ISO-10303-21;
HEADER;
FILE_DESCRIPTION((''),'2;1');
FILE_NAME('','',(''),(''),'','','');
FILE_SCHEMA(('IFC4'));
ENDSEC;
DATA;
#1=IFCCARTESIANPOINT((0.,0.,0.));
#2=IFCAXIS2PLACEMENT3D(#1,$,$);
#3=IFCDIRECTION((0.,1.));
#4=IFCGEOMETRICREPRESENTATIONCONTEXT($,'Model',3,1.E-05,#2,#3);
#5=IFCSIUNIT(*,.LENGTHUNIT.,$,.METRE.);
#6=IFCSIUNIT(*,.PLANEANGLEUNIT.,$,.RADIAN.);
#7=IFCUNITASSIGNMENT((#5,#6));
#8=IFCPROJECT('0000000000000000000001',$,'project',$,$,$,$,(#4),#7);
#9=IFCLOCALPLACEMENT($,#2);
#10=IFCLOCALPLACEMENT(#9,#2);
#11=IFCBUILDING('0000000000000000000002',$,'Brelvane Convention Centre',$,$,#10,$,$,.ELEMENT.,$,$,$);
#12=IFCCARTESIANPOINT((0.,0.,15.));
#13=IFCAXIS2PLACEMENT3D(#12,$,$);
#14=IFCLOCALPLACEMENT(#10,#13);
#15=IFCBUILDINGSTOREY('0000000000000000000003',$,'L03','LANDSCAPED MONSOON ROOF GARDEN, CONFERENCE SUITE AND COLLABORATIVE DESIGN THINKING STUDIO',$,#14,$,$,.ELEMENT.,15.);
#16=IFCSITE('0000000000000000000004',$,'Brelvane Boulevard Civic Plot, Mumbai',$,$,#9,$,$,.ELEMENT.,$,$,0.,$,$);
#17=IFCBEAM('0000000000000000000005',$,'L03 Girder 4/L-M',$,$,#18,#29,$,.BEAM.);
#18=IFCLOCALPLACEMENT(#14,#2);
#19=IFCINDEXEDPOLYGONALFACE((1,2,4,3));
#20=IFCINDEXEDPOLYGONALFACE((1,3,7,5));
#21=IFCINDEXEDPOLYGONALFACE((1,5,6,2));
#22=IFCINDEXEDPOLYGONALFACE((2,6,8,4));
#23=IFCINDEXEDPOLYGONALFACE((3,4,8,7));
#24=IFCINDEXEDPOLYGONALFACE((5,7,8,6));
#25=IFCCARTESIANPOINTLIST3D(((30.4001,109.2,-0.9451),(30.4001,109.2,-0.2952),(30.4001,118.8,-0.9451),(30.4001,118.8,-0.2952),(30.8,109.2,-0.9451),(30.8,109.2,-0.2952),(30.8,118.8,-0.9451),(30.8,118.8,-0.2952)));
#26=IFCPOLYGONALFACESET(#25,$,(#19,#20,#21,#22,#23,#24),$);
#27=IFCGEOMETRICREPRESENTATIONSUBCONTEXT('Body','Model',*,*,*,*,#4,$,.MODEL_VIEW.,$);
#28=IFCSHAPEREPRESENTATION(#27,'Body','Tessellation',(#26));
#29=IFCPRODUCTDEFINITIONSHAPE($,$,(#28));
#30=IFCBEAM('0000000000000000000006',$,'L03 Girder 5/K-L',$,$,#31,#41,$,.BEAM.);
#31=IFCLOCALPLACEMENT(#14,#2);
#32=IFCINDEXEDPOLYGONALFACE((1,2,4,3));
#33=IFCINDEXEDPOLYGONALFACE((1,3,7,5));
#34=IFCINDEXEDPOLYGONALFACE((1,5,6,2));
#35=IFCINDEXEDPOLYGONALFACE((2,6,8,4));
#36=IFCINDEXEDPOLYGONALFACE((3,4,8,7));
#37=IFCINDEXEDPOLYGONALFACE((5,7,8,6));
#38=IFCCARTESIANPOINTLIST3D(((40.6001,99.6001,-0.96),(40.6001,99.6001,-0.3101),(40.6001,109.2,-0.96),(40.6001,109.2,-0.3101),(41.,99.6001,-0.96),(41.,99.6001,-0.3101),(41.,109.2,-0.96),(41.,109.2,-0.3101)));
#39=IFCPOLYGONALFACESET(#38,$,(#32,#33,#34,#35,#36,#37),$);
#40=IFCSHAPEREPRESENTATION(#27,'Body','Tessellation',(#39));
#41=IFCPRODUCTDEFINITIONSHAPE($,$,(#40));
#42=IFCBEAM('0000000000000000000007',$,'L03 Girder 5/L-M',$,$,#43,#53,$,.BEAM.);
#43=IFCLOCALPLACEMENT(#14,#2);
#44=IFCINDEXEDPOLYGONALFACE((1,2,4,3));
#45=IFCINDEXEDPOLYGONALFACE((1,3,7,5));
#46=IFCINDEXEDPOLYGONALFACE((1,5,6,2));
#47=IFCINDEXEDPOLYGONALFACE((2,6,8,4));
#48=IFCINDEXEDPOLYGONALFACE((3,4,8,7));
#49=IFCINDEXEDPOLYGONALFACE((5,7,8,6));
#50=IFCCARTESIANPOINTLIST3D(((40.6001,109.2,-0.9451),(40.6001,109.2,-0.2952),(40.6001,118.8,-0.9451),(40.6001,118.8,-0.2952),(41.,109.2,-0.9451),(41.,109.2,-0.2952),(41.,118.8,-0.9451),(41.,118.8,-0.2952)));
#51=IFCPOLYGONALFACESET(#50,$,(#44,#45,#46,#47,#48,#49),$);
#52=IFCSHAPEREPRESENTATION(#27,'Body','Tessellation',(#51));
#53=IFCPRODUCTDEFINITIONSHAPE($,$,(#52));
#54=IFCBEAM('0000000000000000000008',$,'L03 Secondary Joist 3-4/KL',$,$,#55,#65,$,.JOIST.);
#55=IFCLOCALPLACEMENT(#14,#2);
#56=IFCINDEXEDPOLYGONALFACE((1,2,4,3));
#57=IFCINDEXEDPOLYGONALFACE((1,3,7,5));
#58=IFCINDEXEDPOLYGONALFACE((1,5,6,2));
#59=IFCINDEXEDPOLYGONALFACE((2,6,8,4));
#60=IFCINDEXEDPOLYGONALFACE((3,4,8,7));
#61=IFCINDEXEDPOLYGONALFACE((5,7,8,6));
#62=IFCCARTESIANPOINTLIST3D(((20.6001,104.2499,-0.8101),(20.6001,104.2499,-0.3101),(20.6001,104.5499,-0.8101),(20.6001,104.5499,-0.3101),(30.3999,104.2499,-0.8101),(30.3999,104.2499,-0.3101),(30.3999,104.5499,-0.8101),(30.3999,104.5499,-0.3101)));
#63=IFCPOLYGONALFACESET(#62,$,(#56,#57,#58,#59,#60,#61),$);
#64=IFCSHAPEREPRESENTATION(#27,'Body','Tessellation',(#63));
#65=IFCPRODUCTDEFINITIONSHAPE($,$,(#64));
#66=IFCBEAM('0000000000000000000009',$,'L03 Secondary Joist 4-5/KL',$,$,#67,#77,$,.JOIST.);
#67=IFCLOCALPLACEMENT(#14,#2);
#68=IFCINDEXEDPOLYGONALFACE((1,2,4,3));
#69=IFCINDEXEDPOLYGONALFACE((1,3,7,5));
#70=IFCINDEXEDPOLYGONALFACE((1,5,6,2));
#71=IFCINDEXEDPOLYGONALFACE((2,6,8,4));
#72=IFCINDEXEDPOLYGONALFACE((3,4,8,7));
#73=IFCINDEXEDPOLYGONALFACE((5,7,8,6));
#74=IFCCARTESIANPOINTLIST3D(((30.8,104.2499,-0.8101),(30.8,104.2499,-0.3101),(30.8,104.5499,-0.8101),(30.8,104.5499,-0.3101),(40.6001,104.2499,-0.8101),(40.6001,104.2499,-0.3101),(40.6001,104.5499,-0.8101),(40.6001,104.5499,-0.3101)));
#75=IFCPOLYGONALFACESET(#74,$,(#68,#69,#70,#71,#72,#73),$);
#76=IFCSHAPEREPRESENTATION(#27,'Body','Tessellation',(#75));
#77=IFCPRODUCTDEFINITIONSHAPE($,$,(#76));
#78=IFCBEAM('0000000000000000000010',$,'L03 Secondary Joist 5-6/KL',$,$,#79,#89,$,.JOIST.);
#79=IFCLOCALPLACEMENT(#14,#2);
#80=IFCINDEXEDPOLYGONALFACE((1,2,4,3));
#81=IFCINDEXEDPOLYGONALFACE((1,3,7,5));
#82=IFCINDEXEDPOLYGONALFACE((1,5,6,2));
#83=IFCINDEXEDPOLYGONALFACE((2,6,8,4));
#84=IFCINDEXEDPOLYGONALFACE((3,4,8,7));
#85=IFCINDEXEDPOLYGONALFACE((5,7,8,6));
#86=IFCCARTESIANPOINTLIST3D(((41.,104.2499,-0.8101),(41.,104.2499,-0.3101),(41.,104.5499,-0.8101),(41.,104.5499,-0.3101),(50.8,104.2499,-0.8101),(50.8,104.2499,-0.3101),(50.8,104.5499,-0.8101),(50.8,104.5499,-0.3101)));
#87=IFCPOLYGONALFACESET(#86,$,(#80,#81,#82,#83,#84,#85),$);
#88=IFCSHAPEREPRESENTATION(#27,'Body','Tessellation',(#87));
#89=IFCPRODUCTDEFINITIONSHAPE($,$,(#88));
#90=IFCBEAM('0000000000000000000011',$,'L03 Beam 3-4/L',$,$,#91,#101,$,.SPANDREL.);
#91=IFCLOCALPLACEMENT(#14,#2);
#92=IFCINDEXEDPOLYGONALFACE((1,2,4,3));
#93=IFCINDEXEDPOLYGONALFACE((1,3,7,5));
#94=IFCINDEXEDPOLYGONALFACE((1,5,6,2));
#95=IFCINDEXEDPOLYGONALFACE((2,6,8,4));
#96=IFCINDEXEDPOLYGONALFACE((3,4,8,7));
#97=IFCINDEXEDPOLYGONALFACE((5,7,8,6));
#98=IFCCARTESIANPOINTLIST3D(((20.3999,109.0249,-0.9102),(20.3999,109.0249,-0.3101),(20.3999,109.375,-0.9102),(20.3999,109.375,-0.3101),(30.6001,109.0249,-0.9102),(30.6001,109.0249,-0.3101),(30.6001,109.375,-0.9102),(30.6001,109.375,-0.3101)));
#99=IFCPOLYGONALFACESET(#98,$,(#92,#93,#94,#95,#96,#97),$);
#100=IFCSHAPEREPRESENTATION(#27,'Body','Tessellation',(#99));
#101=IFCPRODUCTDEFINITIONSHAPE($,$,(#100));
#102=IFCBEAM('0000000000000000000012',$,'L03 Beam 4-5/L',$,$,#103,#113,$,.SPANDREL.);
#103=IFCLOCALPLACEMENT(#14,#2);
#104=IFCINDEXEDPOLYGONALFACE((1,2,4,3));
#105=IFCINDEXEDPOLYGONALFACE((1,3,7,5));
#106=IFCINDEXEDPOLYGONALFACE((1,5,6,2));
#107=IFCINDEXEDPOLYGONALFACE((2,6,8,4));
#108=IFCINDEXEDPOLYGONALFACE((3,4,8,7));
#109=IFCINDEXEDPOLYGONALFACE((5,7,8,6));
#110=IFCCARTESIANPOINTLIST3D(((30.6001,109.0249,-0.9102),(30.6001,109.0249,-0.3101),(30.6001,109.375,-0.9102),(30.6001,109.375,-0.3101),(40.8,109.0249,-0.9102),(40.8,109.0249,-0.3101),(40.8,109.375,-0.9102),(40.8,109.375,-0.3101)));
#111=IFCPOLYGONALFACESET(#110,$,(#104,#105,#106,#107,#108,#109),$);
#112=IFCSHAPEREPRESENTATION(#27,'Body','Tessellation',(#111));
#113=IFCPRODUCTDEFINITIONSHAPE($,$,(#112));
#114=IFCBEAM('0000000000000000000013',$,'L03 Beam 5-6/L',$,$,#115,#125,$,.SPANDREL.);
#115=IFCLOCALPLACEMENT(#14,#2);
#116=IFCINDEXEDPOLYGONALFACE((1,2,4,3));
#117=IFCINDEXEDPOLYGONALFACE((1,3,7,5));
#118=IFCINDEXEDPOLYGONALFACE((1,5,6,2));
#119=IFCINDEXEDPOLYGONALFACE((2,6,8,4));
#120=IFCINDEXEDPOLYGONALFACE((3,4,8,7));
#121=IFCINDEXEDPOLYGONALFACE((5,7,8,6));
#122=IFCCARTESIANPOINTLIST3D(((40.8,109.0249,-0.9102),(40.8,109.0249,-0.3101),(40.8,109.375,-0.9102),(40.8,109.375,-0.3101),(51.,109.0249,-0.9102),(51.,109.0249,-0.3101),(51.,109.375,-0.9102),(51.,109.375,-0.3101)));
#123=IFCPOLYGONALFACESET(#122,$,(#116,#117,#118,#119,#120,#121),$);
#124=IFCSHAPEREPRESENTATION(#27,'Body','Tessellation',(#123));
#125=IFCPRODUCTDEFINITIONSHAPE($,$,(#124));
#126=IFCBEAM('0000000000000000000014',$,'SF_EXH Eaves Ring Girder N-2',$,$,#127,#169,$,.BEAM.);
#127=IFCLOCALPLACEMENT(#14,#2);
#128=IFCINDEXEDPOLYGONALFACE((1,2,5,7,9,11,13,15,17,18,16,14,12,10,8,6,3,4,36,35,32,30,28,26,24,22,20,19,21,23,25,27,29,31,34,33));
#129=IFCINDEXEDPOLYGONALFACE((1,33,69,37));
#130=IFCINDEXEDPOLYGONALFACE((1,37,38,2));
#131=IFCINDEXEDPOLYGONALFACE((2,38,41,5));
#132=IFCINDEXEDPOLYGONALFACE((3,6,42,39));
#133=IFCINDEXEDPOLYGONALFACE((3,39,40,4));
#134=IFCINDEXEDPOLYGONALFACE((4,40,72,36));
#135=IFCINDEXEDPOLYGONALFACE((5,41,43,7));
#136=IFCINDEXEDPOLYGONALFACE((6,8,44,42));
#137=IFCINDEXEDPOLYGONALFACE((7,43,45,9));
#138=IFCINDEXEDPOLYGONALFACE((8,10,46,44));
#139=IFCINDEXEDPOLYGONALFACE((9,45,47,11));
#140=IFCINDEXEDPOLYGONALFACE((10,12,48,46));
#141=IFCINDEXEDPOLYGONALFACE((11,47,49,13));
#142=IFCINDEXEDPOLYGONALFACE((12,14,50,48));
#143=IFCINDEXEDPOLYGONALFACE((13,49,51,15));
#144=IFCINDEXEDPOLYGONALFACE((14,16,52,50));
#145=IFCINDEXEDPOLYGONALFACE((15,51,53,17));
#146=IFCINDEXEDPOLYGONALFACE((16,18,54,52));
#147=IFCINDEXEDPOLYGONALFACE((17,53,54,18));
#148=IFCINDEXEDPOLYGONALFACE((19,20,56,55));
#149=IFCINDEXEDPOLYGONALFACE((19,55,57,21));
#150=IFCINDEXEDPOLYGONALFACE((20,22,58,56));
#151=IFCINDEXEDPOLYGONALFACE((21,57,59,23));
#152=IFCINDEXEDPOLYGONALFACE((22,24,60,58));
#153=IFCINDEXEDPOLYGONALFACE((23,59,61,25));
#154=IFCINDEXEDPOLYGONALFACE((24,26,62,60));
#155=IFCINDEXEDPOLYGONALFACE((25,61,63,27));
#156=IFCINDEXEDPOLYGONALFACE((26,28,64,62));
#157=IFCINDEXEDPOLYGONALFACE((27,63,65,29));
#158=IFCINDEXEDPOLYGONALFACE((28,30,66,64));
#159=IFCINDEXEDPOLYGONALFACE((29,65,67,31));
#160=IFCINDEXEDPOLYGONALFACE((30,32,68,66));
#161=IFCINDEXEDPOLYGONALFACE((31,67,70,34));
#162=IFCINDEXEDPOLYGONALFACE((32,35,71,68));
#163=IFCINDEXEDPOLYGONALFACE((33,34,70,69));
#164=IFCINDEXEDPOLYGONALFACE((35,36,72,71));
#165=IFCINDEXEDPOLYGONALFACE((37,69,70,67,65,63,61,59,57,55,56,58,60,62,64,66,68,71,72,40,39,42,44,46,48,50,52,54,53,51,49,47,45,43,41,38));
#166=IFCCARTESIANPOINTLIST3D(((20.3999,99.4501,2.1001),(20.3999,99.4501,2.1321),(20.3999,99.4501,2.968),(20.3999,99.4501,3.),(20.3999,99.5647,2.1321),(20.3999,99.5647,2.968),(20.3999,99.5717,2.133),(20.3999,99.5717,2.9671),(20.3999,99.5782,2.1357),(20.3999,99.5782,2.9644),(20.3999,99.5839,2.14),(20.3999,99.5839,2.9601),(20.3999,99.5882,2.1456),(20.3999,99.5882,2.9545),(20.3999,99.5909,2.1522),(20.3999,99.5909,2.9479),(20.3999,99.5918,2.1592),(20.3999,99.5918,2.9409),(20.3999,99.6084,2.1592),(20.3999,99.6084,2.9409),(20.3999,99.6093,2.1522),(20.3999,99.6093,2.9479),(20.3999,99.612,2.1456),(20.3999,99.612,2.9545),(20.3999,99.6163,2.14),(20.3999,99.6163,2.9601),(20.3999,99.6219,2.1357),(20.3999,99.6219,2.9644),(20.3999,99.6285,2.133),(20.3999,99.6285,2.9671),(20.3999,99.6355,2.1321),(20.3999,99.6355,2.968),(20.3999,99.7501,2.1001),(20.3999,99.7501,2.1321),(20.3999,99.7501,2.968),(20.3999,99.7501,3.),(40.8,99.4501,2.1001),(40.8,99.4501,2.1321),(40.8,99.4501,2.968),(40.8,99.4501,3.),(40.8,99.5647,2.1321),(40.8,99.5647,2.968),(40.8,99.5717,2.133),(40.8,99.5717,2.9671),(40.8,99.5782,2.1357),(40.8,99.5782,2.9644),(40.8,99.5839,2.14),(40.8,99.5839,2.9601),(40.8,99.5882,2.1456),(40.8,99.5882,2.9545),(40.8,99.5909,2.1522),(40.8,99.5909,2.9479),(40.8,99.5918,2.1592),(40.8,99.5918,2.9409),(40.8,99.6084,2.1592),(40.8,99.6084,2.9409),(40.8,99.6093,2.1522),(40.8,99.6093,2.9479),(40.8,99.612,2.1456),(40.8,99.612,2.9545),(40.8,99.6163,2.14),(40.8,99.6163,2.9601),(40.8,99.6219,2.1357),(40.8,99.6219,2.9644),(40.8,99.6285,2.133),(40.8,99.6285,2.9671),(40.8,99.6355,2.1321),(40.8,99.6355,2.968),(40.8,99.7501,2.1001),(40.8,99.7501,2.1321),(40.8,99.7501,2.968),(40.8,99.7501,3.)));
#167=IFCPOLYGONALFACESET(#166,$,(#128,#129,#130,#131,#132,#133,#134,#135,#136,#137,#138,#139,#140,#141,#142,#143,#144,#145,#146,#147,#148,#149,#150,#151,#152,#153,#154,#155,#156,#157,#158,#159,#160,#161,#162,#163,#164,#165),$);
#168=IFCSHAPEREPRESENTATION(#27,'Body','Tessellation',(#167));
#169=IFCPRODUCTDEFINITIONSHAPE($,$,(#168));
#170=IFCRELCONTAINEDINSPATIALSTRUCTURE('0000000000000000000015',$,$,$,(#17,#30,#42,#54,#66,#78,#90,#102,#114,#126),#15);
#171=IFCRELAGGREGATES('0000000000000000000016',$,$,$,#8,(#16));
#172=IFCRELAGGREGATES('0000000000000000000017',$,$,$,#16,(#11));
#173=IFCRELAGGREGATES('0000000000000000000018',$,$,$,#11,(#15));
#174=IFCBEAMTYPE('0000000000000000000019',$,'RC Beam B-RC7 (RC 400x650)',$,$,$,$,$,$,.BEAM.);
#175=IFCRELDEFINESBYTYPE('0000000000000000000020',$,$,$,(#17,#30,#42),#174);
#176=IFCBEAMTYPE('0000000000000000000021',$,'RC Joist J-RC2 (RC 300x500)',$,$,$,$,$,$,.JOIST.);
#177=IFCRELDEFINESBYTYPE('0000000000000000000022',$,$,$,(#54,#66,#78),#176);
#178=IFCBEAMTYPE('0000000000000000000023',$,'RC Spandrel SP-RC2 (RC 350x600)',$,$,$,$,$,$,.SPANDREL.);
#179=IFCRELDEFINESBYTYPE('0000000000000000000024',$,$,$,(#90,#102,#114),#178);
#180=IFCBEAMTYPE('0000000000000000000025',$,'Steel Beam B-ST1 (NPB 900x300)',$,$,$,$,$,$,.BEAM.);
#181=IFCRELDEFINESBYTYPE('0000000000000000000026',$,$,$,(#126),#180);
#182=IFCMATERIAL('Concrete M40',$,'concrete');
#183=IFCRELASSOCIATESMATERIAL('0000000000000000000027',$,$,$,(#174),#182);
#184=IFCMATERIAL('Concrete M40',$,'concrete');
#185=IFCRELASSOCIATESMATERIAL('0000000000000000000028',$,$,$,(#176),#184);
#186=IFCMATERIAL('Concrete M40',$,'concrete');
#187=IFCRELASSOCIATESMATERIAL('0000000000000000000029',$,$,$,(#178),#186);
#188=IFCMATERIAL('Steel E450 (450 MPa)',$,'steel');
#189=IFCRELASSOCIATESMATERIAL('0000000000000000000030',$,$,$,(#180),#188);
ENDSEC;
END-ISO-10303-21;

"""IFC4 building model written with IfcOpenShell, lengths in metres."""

from ifc_helpers import new_model, si_unit, direction, frame, origin, origin_2d, place, context, subcontext, project, spatial, rectangle, i_section, extrude, material, material_profile, profile_set, type_object, element, save


model = new_model("IFC4")

# Units and contexts
model_context = context("Model", 3, precision=1e-05, world=origin(), true_north=direction((0.0, 1.0)))
body_context = subcontext(model_context, "Body", "Model", "MODEL_VIEW")
ifc_project = project(units=[si_unit("LENGTHUNIT", "METRE"), si_unit("PLANEANGLEUNIT", "RADIAN")], contexts=[model_context])

# Site, building, storey
site_placement = place(None, origin())
site = spatial("IfcSite", under=ifc_project, at=site_placement, Name="Brelvane Boulevard Civic Plot, Mumbai", CompositionType="ELEMENT", RefElevation=0.0)
building_placement = place(site_placement, origin())
building = spatial("IfcBuilding", under=site, at=building_placement, Name="Brelvane Convention Centre", CompositionType="ELEMENT")
storey_placement = place(building_placement, frame((0.0, 0.0, 15.0)))
storey = spatial("IfcBuildingStorey", under=building, at=storey_placement, Name="L03", Description="LANDSCAPED MONSOON ROOF GARDEN, CONFERENCE SUITE AND COLLABORATIVE DESIGN THINKING STUDIO", CompositionType="ELEMENT", Elevation=15.0)

# Beams
ifc_material_1 = material(Name="Concrete M40", Category="concrete")
ifc_material_profile_1 = material_profile(ifc_material_1, rectangle(XDim=0.3999, YDim=0.6499, at=origin_2d()), Name="RC 400x650")
ifc_profile_set_1 = profile_set([ifc_material_profile_1], Name="Concrete M40")
beam_type_1 = type_object("IfcBeamType", Name="RC Beam B-RC7 (RC 400x650)", PredefinedType="BEAM", material=ifc_profile_set_1)
beam_1_placement = place(storey_placement, frame((30.6001, 109.2, -0.6201), z_axis=(0.0, 1.0, 0.0), x_axis=(-1.0, 0.0, 0.0)))
element("IfcBeam", 1, at=beam_1_placement, inside=storey, type_object=beam_type_1, Name="L03 Girder 4/L-M", PredefinedType="BEAM", context=body_context, shape_type="SweptSolid", body=[
    extrude(rectangle(XDim=0.3999, YDim=0.6499, at=origin_2d()), origin(), (0.0, 0.0, 1.0), 9.6001),
])
beam_2_placement = place(storey_placement, frame((40.8, 99.6001, -0.635), z_axis=(0.0, 1.0, 0.0), x_axis=(-1.0, 0.0, 0.0)))
element("IfcBeam", 2, at=beam_2_placement, inside=storey, type_object=beam_type_1, Name="L03 Girder 5/K-L", PredefinedType="BEAM", context=body_context, shape_type="SweptSolid", body=[
    extrude(rectangle(XDim=0.3999, YDim=0.6499, at=origin_2d()), origin(), (0.0, 0.0, 1.0), 9.5999),
])
beam_3_placement = place(storey_placement, frame((40.8, 109.2, -0.6201), z_axis=(0.0, 1.0, 0.0), x_axis=(-1.0, 0.0, 0.0)))
element("IfcBeam", 3, at=beam_3_placement, inside=storey, type_object=beam_type_1, Name="L03 Girder 5/L-M", PredefinedType="BEAM", context=body_context, shape_type="SweptSolid", body=[
    extrude(rectangle(XDim=0.3999, YDim=0.6499, at=origin_2d()), origin(), (0.0, 0.0, 1.0), 9.6001),
])
ifc_material_2 = material(Name="Concrete M40", Category="concrete")
ifc_material_profile_2 = material_profile(ifc_material_2, rectangle(XDim=0.3, YDim=0.5, at=origin_2d()), Name="RC 300x500")
ifc_profile_set_2 = profile_set([ifc_material_profile_2], Name="Concrete M40")
beam_type_2 = type_object("IfcBeamType", Name="RC Joist J-RC2 (RC 300x500)", PredefinedType="JOIST", material=ifc_profile_set_2)
beam_4_placement = place(storey_placement, frame((20.6001, 104.3999, -0.5601), z_axis=(1.0, 0.0, 0.0), x_axis=(0.0, 1.0, 0.0)))
element("IfcBeam", 4, at=beam_4_placement, inside=storey, type_object=beam_type_2, Name="L03 Secondary Joist 3-4/KL", PredefinedType="JOIST", context=body_context, shape_type="SweptSolid", body=[
    extrude(rectangle(XDim=0.3, YDim=0.5, at=origin_2d()), origin(), (0.0, 0.0, 1.0), 9.7998),
])
for number, where, z_axis, x_axis, name in (
    (5, (30.8, 104.3999, -0.5601), (1.0, 0.0, 0.0), (0.0, 1.0, 0.0), "L03 Secondary Joist 4-5/KL"),
    (6, (41.0, 104.3999, -0.5601), (1.0, 0.0, 0.0), (0.0, 1.0, 0.0), "L03 Secondary Joist 5-6/KL"),
):
    element("IfcBeam", number, at=place(storey_placement, frame(where, z_axis=z_axis, x_axis=x_axis)), inside=storey, type_object=beam_type_2, Name=name, PredefinedType="JOIST", context=body_context, shape_type="SweptSolid", body=[
        extrude(rectangle(XDim=0.3, YDim=0.5, at=origin_2d()), origin(), (0.0, 0.0, 1.0), 9.8),
    ])
ifc_material_3 = material(Name="Concrete M40", Category="concrete")
ifc_material_profile_3 = material_profile(ifc_material_3, rectangle(XDim=0.3501, YDim=0.6001, at=origin_2d()), Name="RC 350x600")
ifc_profile_set_3 = profile_set([ifc_material_profile_3], Name="Concrete M40")
beam_type_3 = type_object("IfcBeamType", Name="RC Spandrel SP-RC2 (RC 350x600)", PredefinedType="SPANDREL", material=ifc_profile_set_3)
beam_5_placement = place(storey_placement, frame((20.3999, 109.2, -0.6101), z_axis=(1.0, 0.0, 0.0), x_axis=(0.0, 1.0, 0.0)))
element("IfcBeam", 7, at=beam_5_placement, inside=storey, type_object=beam_type_3, Name="L03 Beam 3-4/L", PredefinedType="SPANDREL", context=body_context, shape_type="SweptSolid", body=[
    extrude(rectangle(XDim=0.3501, YDim=0.6001, at=origin_2d()), origin(), (0.0, 0.0, 1.0), 10.2002),
])
for number, where, z_axis, x_axis, name in (
    (8, (30.6001, 109.2, -0.6101), (1.0, 0.0, 0.0), (0.0, 1.0, 0.0), "L03 Beam 4-5/L"),
    (9, (40.8, 109.2, -0.6101), (1.0, 0.0, 0.0), (0.0, 1.0, 0.0), "L03 Beam 5-6/L"),
):
    element("IfcBeam", number, at=place(storey_placement, frame(where, z_axis=z_axis, x_axis=x_axis)), inside=storey, type_object=beam_type_3, Name=name, PredefinedType="SPANDREL", context=body_context, shape_type="SweptSolid", body=[
        extrude(rectangle(XDim=0.3501, YDim=0.6001, at=origin_2d()), origin(), (0.0, 0.0, 1.0), 10.2),
    ])
ifc_material_4 = material(Name="Steel E450 (450 MPa)", Category="steel")
ifc_material_profile_4 = material_profile(ifc_material_4, i_section(OverallWidth=0.3, OverallDepth=0.8999, WebThickness=0.0166, FlangeThickness=0.032, FilletRadius=0.0271, at=origin_2d()), Name="NPB 900x300")
ifc_profile_set_4 = profile_set([ifc_material_profile_4], Name="Steel E450 (450 MPa)")
beam_type_4 = type_object("IfcBeamType", Name="Steel Beam B-ST1 (NPB 900x300)", PredefinedType="BEAM", material=ifc_profile_set_4)
beam_6_placement = place(storey_placement, frame((20.3999, 99.6001, 2.55), z_axis=(1.0, 0.0, 0.0), x_axis=(0.0, 1.0, 0.0)))
element("IfcBeam", 10, at=beam_6_placement, inside=storey, type_object=beam_type_4, Name="SF_EXH Eaves Ring Girder N-2", PredefinedType="BEAM", context=body_context, shape_type="SweptSolid", body=[
    extrude(i_section(OverallWidth=0.3, OverallDepth=0.8999, WebThickness=0.0166, FlangeThickness=0.032, FilletRadius=0.0271, at=origin_2d()), origin(), (0.0, 0.0, 1.0), 20.4001),
])

save(model, "model.ifc")
